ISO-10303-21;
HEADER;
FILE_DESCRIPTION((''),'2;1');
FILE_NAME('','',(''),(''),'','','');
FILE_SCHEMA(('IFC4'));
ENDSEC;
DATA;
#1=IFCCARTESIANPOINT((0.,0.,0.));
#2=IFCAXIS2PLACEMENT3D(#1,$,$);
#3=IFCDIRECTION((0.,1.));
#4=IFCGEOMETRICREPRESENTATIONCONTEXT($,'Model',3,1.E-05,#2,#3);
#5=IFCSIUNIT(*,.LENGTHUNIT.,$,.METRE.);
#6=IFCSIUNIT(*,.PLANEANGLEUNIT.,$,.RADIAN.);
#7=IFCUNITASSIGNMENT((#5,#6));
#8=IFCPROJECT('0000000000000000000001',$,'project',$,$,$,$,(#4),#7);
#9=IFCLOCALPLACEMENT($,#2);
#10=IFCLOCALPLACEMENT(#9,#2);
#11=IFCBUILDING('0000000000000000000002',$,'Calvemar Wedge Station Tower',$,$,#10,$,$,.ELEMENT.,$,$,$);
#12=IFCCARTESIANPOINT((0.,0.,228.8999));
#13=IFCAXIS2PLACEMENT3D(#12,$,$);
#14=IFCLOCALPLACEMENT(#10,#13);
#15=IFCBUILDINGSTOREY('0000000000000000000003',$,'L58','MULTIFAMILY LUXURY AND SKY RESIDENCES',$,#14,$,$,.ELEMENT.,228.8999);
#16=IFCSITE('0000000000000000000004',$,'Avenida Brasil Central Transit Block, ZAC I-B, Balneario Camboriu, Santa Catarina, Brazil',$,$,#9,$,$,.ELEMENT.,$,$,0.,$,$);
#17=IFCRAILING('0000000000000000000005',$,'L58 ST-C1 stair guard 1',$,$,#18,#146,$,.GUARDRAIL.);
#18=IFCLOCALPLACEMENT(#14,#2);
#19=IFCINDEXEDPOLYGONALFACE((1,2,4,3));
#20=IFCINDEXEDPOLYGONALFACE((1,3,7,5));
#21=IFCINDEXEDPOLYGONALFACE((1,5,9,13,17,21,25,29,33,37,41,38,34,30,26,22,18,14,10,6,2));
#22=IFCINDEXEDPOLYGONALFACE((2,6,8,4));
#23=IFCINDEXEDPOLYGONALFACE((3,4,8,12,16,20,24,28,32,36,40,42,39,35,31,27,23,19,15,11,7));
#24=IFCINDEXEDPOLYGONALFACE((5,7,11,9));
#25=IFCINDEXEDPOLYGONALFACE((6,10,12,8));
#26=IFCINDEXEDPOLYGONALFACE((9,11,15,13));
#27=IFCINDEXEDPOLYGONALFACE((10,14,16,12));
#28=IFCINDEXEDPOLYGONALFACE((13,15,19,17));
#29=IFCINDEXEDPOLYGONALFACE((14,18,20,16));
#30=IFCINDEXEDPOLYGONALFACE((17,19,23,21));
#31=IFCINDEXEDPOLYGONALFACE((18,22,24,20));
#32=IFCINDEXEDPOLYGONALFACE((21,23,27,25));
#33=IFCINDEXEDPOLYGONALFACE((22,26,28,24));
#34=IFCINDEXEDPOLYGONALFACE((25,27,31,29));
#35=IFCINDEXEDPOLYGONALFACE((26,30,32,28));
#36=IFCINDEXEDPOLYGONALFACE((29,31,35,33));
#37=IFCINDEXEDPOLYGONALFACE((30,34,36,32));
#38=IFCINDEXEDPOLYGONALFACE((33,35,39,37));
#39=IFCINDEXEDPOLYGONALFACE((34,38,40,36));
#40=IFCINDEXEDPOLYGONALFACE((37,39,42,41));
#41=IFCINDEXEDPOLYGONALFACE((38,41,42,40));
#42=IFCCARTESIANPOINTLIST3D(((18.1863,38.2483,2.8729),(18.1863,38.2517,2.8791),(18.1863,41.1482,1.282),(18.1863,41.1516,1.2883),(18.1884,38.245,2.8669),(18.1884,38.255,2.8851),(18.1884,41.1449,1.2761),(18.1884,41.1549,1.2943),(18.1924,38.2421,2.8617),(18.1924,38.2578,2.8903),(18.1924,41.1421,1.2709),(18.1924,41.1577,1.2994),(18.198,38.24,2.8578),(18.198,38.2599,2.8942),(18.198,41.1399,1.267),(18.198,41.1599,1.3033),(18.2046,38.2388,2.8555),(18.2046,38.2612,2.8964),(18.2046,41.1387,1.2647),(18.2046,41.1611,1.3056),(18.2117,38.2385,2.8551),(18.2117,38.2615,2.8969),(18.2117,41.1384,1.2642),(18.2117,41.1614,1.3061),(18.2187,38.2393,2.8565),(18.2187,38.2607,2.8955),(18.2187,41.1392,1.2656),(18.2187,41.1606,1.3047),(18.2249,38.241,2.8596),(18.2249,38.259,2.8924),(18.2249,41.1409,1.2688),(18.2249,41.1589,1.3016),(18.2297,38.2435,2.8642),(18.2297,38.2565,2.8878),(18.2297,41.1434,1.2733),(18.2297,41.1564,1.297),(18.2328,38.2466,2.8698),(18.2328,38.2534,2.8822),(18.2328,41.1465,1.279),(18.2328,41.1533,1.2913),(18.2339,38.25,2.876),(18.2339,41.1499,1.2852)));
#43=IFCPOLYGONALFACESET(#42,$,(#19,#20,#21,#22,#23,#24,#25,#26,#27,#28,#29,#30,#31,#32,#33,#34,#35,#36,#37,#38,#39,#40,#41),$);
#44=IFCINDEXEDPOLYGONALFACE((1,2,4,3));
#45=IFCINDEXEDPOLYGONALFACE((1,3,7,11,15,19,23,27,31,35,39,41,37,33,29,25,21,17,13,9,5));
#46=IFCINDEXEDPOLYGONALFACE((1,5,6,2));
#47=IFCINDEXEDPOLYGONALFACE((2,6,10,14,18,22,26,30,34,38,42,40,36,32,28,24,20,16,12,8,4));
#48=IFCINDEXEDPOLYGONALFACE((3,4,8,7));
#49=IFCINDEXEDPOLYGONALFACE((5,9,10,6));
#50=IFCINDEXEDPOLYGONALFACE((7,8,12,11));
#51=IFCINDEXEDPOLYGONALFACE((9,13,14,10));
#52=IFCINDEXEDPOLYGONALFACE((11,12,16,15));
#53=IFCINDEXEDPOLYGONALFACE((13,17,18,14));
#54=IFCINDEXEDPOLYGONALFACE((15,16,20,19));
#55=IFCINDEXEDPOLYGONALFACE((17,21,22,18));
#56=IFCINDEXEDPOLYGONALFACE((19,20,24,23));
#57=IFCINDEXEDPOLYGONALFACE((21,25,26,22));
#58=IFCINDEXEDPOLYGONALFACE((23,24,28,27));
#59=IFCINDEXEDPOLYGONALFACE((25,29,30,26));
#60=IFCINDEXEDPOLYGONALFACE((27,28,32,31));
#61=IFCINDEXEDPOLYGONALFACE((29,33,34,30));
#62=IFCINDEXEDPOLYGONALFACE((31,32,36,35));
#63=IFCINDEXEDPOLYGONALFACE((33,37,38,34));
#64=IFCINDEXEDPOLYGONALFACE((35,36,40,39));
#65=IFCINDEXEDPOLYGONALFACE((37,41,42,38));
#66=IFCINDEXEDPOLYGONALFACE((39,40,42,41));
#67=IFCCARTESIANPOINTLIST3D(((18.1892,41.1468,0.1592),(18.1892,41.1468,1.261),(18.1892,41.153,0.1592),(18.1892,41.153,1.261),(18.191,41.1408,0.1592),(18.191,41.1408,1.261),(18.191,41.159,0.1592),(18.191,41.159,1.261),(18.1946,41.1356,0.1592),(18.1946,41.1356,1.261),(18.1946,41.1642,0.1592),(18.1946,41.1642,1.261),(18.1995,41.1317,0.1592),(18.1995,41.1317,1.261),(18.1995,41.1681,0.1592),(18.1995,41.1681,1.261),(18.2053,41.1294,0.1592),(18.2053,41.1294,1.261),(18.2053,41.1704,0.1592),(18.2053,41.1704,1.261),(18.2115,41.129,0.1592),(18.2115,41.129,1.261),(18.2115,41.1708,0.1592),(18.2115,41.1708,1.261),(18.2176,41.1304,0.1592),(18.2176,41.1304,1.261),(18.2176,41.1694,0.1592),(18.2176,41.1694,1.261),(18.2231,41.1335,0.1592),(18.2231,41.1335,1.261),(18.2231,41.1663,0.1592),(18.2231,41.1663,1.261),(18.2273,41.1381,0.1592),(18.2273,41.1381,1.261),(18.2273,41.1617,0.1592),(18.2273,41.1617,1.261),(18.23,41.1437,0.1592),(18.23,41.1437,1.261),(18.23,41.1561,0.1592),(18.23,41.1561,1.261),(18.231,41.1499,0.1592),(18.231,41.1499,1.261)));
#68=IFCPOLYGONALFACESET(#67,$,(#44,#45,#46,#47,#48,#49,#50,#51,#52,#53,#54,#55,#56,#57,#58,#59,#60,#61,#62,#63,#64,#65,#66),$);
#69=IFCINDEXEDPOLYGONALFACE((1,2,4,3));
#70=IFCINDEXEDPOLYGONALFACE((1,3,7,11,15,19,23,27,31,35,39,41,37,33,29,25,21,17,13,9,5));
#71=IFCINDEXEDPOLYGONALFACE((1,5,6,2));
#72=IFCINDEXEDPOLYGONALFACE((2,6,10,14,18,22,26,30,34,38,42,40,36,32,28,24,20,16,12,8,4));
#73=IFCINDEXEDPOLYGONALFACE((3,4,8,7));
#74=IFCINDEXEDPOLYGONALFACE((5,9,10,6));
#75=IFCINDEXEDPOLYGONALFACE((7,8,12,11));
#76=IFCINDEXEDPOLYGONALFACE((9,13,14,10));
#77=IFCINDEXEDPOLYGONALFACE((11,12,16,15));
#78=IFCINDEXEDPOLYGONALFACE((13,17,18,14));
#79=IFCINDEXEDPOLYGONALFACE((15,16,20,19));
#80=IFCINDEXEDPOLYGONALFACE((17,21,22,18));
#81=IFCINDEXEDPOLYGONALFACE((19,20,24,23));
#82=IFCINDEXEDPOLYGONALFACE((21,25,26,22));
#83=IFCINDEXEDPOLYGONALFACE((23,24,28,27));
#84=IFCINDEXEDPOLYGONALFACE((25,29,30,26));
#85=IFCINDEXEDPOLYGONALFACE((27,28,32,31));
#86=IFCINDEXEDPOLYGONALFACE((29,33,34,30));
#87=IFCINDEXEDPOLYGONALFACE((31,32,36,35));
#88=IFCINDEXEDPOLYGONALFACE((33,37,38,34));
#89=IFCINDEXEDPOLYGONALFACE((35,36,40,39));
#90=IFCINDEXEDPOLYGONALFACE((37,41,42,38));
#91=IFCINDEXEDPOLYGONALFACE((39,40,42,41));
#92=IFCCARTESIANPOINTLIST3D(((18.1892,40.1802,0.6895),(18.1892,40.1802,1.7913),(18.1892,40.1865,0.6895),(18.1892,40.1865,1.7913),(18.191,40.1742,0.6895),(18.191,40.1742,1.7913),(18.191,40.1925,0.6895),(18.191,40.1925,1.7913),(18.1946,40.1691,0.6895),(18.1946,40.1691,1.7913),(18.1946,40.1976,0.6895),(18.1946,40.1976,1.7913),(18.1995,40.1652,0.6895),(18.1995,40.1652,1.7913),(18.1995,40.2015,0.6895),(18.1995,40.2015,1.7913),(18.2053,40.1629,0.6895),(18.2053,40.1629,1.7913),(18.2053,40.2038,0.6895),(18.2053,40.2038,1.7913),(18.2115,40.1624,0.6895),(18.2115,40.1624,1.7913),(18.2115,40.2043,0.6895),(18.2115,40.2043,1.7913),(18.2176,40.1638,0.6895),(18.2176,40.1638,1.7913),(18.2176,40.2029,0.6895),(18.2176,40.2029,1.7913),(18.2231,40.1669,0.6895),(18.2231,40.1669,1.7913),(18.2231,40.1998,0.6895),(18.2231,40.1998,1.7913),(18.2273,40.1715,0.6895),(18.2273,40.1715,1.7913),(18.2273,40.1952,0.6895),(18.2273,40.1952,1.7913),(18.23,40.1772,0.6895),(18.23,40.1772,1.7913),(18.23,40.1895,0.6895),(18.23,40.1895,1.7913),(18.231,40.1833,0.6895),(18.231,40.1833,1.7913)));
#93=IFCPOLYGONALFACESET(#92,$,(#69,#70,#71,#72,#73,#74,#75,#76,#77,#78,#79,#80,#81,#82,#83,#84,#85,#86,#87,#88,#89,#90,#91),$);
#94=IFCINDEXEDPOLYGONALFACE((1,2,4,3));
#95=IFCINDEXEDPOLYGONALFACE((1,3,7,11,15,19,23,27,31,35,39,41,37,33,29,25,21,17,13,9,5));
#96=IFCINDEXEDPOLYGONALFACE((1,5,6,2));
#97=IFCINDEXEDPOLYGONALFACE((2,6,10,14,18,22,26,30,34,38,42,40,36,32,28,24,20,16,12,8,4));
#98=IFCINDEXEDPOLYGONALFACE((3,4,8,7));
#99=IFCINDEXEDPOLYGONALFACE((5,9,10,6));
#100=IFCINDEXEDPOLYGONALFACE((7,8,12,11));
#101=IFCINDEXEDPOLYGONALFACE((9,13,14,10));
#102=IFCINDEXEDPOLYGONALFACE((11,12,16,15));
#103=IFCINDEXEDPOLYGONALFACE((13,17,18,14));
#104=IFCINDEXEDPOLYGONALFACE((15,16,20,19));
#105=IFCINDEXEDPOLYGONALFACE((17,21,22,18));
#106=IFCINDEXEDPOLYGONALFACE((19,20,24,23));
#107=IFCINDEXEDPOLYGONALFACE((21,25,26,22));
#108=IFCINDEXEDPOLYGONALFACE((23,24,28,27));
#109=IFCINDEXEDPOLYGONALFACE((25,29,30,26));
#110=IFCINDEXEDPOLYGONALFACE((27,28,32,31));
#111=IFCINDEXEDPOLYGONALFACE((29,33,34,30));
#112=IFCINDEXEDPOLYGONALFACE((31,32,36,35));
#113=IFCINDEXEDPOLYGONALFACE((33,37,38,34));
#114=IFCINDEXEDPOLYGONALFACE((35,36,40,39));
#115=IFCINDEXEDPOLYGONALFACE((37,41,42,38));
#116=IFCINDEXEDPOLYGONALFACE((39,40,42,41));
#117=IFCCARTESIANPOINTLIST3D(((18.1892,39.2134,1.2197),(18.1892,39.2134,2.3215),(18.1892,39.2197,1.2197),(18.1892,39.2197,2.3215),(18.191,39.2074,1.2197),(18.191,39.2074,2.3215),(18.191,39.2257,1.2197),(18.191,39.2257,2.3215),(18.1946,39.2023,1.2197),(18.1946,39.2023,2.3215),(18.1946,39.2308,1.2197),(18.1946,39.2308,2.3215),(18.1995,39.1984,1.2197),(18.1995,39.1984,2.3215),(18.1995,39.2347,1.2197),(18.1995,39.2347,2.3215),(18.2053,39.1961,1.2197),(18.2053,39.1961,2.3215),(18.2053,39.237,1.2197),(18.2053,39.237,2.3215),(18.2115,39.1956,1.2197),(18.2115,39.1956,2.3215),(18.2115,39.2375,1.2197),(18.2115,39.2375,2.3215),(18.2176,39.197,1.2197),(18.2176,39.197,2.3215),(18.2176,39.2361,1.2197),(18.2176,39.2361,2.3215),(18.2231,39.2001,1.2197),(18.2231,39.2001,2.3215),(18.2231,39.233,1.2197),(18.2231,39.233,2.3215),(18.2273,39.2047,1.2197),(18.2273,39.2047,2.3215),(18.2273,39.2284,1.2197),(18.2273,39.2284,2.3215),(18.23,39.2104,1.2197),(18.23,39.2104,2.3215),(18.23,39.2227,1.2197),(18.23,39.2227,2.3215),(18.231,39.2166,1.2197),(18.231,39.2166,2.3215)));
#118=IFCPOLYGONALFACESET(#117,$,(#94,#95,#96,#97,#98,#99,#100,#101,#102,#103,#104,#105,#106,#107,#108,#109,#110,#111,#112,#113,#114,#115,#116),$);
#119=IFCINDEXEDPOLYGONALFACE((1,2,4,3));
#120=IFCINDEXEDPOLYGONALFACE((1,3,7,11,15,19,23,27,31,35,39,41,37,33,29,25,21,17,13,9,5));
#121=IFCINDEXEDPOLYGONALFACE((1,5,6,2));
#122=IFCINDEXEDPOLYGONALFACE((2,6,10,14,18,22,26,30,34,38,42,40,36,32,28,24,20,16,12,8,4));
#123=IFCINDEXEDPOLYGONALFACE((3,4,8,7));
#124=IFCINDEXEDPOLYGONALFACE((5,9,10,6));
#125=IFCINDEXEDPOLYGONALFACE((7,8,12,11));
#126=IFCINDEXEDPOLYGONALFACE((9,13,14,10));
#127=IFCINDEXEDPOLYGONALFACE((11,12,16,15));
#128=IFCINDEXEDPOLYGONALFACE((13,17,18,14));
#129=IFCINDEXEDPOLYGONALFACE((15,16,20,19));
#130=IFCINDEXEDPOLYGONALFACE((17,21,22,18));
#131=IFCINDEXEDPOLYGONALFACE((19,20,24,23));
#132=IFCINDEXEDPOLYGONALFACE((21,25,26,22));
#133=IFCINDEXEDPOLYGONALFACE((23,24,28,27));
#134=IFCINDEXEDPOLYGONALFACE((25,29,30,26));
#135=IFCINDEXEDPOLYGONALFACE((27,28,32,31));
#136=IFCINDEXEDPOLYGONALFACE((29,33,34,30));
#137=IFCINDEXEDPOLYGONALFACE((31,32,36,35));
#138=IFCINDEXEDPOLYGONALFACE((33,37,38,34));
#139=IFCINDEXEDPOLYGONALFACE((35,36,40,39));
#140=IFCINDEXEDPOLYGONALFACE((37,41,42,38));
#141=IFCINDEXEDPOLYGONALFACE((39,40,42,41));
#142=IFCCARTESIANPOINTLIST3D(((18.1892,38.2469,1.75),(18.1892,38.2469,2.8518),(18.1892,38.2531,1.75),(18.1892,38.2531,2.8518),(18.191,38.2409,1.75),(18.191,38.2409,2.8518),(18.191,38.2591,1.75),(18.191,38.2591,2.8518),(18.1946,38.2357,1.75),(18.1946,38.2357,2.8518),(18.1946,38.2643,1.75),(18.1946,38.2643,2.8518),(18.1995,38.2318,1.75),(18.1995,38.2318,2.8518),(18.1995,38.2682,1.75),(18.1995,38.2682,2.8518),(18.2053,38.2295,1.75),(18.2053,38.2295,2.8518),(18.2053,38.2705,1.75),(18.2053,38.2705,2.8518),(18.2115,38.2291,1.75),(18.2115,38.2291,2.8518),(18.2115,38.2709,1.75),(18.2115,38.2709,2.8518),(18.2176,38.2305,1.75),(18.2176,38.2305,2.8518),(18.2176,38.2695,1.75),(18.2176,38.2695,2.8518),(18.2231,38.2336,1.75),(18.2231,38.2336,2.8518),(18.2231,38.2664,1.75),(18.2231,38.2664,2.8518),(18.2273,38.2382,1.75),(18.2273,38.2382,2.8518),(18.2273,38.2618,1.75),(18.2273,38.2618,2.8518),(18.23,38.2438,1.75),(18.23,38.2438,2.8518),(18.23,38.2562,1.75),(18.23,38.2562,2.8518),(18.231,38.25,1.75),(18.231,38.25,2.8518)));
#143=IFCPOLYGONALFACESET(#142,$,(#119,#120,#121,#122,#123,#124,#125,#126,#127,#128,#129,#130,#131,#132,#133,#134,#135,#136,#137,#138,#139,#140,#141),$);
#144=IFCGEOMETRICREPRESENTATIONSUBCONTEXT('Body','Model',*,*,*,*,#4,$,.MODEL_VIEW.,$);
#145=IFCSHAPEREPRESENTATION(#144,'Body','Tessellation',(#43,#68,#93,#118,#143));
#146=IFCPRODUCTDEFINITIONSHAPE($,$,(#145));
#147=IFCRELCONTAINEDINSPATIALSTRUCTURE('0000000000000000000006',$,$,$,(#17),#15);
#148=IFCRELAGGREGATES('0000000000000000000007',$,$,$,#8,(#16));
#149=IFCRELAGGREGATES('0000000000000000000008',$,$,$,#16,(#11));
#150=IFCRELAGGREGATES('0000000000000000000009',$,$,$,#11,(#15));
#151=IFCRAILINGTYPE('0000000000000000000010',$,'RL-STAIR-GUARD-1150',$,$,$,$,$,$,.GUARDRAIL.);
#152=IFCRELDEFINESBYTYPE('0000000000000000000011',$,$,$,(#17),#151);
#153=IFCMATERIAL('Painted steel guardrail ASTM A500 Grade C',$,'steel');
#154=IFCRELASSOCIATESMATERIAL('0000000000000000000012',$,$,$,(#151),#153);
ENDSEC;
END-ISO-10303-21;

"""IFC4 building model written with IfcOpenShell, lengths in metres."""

from ifc_helpers import new_model, si_unit, direction, frame, origin, origin_2d, place, context, subcontext, project, spatial, circle, extrude, material, type_object, element, save


model = new_model("IFC4")

# Units and contexts
model_context = context("Model", 3, precision=1e-05, world=origin(), true_north=direction((0.0, 1.0)))
body_context = subcontext(model_context, "Body", "Model", "MODEL_VIEW")
ifc_project = project(units=[si_unit("LENGTHUNIT", "METRE"), si_unit("PLANEANGLEUNIT", "RADIAN")], contexts=[model_context])

# Site, building, storey
site_placement = place(None, origin())
site = spatial("IfcSite", under=ifc_project, at=site_placement, Name="Avenida Brasil Central Transit Block, ZAC I-B, Balneario Camboriu, Santa Catarina, Brazil", CompositionType="ELEMENT", RefElevation=0.0)
building_placement = place(site_placement, origin())
building = spatial("IfcBuilding", under=site, at=building_placement, Name="Calvemar Wedge Station Tower", CompositionType="ELEMENT")
storey_placement = place(building_placement, frame((0.0, 0.0, 228.8999)))
storey = spatial("IfcBuildingStorey", under=building, at=storey_placement, Name="L58", Description="MULTIFAMILY LUXURY AND SKY RESIDENCES", CompositionType="ELEMENT", Elevation=228.8999)

# Railing
ifc_material_1 = material(Name="Painted steel guardrail ASTM A500 Grade C", Category="steel")
railing_type_1 = type_object("IfcRailingType", Name="RL-STAIR-GUARD-1150", PredefinedType="GUARDRAIL", material=ifc_material_1)
railing_1_placement = place(storey_placement, frame((18.21, 41.1499, 0.1592)))
element("IfcRailing", 1, at=railing_1_placement, inside=storey, type_object=railing_type_1, Name="L58 ST-C1 stair guard 1", PredefinedType="GUARDRAIL", context=body_context, shape_type="SweptSolid", body=[
    extrude(circle(Radius=0.0239, at=origin_2d()), frame((0.0, 0.0, 1.126), z_axis=(0.0, -0.876742, 0.480961), x_axis=(1.0, 0.0, 0.0)), (0.0, 0.0, 1.0), 3.3076),
    extrude(circle(Radius=0.021, at=origin_2d()), origin(), (0.0, 0.0, 1.0), 1.1018),
    extrude(circle(Radius=0.021, at=origin_2d()), frame((0.0, -0.9666, 0.5303)), (0.0, 0.0, 1.0), 1.1018),
    extrude(circle(Radius=0.021, at=origin_2d()), frame((0.0, -1.9333, 1.0605)), (0.0, 0.0, 1.0), 1.1018),
    extrude(circle(Radius=0.021, at=origin_2d()), frame((0.0, -2.8999, 1.5908)), (0.0, 0.0, 1.0), 1.1018),
])

save(model, "model.ifc")
